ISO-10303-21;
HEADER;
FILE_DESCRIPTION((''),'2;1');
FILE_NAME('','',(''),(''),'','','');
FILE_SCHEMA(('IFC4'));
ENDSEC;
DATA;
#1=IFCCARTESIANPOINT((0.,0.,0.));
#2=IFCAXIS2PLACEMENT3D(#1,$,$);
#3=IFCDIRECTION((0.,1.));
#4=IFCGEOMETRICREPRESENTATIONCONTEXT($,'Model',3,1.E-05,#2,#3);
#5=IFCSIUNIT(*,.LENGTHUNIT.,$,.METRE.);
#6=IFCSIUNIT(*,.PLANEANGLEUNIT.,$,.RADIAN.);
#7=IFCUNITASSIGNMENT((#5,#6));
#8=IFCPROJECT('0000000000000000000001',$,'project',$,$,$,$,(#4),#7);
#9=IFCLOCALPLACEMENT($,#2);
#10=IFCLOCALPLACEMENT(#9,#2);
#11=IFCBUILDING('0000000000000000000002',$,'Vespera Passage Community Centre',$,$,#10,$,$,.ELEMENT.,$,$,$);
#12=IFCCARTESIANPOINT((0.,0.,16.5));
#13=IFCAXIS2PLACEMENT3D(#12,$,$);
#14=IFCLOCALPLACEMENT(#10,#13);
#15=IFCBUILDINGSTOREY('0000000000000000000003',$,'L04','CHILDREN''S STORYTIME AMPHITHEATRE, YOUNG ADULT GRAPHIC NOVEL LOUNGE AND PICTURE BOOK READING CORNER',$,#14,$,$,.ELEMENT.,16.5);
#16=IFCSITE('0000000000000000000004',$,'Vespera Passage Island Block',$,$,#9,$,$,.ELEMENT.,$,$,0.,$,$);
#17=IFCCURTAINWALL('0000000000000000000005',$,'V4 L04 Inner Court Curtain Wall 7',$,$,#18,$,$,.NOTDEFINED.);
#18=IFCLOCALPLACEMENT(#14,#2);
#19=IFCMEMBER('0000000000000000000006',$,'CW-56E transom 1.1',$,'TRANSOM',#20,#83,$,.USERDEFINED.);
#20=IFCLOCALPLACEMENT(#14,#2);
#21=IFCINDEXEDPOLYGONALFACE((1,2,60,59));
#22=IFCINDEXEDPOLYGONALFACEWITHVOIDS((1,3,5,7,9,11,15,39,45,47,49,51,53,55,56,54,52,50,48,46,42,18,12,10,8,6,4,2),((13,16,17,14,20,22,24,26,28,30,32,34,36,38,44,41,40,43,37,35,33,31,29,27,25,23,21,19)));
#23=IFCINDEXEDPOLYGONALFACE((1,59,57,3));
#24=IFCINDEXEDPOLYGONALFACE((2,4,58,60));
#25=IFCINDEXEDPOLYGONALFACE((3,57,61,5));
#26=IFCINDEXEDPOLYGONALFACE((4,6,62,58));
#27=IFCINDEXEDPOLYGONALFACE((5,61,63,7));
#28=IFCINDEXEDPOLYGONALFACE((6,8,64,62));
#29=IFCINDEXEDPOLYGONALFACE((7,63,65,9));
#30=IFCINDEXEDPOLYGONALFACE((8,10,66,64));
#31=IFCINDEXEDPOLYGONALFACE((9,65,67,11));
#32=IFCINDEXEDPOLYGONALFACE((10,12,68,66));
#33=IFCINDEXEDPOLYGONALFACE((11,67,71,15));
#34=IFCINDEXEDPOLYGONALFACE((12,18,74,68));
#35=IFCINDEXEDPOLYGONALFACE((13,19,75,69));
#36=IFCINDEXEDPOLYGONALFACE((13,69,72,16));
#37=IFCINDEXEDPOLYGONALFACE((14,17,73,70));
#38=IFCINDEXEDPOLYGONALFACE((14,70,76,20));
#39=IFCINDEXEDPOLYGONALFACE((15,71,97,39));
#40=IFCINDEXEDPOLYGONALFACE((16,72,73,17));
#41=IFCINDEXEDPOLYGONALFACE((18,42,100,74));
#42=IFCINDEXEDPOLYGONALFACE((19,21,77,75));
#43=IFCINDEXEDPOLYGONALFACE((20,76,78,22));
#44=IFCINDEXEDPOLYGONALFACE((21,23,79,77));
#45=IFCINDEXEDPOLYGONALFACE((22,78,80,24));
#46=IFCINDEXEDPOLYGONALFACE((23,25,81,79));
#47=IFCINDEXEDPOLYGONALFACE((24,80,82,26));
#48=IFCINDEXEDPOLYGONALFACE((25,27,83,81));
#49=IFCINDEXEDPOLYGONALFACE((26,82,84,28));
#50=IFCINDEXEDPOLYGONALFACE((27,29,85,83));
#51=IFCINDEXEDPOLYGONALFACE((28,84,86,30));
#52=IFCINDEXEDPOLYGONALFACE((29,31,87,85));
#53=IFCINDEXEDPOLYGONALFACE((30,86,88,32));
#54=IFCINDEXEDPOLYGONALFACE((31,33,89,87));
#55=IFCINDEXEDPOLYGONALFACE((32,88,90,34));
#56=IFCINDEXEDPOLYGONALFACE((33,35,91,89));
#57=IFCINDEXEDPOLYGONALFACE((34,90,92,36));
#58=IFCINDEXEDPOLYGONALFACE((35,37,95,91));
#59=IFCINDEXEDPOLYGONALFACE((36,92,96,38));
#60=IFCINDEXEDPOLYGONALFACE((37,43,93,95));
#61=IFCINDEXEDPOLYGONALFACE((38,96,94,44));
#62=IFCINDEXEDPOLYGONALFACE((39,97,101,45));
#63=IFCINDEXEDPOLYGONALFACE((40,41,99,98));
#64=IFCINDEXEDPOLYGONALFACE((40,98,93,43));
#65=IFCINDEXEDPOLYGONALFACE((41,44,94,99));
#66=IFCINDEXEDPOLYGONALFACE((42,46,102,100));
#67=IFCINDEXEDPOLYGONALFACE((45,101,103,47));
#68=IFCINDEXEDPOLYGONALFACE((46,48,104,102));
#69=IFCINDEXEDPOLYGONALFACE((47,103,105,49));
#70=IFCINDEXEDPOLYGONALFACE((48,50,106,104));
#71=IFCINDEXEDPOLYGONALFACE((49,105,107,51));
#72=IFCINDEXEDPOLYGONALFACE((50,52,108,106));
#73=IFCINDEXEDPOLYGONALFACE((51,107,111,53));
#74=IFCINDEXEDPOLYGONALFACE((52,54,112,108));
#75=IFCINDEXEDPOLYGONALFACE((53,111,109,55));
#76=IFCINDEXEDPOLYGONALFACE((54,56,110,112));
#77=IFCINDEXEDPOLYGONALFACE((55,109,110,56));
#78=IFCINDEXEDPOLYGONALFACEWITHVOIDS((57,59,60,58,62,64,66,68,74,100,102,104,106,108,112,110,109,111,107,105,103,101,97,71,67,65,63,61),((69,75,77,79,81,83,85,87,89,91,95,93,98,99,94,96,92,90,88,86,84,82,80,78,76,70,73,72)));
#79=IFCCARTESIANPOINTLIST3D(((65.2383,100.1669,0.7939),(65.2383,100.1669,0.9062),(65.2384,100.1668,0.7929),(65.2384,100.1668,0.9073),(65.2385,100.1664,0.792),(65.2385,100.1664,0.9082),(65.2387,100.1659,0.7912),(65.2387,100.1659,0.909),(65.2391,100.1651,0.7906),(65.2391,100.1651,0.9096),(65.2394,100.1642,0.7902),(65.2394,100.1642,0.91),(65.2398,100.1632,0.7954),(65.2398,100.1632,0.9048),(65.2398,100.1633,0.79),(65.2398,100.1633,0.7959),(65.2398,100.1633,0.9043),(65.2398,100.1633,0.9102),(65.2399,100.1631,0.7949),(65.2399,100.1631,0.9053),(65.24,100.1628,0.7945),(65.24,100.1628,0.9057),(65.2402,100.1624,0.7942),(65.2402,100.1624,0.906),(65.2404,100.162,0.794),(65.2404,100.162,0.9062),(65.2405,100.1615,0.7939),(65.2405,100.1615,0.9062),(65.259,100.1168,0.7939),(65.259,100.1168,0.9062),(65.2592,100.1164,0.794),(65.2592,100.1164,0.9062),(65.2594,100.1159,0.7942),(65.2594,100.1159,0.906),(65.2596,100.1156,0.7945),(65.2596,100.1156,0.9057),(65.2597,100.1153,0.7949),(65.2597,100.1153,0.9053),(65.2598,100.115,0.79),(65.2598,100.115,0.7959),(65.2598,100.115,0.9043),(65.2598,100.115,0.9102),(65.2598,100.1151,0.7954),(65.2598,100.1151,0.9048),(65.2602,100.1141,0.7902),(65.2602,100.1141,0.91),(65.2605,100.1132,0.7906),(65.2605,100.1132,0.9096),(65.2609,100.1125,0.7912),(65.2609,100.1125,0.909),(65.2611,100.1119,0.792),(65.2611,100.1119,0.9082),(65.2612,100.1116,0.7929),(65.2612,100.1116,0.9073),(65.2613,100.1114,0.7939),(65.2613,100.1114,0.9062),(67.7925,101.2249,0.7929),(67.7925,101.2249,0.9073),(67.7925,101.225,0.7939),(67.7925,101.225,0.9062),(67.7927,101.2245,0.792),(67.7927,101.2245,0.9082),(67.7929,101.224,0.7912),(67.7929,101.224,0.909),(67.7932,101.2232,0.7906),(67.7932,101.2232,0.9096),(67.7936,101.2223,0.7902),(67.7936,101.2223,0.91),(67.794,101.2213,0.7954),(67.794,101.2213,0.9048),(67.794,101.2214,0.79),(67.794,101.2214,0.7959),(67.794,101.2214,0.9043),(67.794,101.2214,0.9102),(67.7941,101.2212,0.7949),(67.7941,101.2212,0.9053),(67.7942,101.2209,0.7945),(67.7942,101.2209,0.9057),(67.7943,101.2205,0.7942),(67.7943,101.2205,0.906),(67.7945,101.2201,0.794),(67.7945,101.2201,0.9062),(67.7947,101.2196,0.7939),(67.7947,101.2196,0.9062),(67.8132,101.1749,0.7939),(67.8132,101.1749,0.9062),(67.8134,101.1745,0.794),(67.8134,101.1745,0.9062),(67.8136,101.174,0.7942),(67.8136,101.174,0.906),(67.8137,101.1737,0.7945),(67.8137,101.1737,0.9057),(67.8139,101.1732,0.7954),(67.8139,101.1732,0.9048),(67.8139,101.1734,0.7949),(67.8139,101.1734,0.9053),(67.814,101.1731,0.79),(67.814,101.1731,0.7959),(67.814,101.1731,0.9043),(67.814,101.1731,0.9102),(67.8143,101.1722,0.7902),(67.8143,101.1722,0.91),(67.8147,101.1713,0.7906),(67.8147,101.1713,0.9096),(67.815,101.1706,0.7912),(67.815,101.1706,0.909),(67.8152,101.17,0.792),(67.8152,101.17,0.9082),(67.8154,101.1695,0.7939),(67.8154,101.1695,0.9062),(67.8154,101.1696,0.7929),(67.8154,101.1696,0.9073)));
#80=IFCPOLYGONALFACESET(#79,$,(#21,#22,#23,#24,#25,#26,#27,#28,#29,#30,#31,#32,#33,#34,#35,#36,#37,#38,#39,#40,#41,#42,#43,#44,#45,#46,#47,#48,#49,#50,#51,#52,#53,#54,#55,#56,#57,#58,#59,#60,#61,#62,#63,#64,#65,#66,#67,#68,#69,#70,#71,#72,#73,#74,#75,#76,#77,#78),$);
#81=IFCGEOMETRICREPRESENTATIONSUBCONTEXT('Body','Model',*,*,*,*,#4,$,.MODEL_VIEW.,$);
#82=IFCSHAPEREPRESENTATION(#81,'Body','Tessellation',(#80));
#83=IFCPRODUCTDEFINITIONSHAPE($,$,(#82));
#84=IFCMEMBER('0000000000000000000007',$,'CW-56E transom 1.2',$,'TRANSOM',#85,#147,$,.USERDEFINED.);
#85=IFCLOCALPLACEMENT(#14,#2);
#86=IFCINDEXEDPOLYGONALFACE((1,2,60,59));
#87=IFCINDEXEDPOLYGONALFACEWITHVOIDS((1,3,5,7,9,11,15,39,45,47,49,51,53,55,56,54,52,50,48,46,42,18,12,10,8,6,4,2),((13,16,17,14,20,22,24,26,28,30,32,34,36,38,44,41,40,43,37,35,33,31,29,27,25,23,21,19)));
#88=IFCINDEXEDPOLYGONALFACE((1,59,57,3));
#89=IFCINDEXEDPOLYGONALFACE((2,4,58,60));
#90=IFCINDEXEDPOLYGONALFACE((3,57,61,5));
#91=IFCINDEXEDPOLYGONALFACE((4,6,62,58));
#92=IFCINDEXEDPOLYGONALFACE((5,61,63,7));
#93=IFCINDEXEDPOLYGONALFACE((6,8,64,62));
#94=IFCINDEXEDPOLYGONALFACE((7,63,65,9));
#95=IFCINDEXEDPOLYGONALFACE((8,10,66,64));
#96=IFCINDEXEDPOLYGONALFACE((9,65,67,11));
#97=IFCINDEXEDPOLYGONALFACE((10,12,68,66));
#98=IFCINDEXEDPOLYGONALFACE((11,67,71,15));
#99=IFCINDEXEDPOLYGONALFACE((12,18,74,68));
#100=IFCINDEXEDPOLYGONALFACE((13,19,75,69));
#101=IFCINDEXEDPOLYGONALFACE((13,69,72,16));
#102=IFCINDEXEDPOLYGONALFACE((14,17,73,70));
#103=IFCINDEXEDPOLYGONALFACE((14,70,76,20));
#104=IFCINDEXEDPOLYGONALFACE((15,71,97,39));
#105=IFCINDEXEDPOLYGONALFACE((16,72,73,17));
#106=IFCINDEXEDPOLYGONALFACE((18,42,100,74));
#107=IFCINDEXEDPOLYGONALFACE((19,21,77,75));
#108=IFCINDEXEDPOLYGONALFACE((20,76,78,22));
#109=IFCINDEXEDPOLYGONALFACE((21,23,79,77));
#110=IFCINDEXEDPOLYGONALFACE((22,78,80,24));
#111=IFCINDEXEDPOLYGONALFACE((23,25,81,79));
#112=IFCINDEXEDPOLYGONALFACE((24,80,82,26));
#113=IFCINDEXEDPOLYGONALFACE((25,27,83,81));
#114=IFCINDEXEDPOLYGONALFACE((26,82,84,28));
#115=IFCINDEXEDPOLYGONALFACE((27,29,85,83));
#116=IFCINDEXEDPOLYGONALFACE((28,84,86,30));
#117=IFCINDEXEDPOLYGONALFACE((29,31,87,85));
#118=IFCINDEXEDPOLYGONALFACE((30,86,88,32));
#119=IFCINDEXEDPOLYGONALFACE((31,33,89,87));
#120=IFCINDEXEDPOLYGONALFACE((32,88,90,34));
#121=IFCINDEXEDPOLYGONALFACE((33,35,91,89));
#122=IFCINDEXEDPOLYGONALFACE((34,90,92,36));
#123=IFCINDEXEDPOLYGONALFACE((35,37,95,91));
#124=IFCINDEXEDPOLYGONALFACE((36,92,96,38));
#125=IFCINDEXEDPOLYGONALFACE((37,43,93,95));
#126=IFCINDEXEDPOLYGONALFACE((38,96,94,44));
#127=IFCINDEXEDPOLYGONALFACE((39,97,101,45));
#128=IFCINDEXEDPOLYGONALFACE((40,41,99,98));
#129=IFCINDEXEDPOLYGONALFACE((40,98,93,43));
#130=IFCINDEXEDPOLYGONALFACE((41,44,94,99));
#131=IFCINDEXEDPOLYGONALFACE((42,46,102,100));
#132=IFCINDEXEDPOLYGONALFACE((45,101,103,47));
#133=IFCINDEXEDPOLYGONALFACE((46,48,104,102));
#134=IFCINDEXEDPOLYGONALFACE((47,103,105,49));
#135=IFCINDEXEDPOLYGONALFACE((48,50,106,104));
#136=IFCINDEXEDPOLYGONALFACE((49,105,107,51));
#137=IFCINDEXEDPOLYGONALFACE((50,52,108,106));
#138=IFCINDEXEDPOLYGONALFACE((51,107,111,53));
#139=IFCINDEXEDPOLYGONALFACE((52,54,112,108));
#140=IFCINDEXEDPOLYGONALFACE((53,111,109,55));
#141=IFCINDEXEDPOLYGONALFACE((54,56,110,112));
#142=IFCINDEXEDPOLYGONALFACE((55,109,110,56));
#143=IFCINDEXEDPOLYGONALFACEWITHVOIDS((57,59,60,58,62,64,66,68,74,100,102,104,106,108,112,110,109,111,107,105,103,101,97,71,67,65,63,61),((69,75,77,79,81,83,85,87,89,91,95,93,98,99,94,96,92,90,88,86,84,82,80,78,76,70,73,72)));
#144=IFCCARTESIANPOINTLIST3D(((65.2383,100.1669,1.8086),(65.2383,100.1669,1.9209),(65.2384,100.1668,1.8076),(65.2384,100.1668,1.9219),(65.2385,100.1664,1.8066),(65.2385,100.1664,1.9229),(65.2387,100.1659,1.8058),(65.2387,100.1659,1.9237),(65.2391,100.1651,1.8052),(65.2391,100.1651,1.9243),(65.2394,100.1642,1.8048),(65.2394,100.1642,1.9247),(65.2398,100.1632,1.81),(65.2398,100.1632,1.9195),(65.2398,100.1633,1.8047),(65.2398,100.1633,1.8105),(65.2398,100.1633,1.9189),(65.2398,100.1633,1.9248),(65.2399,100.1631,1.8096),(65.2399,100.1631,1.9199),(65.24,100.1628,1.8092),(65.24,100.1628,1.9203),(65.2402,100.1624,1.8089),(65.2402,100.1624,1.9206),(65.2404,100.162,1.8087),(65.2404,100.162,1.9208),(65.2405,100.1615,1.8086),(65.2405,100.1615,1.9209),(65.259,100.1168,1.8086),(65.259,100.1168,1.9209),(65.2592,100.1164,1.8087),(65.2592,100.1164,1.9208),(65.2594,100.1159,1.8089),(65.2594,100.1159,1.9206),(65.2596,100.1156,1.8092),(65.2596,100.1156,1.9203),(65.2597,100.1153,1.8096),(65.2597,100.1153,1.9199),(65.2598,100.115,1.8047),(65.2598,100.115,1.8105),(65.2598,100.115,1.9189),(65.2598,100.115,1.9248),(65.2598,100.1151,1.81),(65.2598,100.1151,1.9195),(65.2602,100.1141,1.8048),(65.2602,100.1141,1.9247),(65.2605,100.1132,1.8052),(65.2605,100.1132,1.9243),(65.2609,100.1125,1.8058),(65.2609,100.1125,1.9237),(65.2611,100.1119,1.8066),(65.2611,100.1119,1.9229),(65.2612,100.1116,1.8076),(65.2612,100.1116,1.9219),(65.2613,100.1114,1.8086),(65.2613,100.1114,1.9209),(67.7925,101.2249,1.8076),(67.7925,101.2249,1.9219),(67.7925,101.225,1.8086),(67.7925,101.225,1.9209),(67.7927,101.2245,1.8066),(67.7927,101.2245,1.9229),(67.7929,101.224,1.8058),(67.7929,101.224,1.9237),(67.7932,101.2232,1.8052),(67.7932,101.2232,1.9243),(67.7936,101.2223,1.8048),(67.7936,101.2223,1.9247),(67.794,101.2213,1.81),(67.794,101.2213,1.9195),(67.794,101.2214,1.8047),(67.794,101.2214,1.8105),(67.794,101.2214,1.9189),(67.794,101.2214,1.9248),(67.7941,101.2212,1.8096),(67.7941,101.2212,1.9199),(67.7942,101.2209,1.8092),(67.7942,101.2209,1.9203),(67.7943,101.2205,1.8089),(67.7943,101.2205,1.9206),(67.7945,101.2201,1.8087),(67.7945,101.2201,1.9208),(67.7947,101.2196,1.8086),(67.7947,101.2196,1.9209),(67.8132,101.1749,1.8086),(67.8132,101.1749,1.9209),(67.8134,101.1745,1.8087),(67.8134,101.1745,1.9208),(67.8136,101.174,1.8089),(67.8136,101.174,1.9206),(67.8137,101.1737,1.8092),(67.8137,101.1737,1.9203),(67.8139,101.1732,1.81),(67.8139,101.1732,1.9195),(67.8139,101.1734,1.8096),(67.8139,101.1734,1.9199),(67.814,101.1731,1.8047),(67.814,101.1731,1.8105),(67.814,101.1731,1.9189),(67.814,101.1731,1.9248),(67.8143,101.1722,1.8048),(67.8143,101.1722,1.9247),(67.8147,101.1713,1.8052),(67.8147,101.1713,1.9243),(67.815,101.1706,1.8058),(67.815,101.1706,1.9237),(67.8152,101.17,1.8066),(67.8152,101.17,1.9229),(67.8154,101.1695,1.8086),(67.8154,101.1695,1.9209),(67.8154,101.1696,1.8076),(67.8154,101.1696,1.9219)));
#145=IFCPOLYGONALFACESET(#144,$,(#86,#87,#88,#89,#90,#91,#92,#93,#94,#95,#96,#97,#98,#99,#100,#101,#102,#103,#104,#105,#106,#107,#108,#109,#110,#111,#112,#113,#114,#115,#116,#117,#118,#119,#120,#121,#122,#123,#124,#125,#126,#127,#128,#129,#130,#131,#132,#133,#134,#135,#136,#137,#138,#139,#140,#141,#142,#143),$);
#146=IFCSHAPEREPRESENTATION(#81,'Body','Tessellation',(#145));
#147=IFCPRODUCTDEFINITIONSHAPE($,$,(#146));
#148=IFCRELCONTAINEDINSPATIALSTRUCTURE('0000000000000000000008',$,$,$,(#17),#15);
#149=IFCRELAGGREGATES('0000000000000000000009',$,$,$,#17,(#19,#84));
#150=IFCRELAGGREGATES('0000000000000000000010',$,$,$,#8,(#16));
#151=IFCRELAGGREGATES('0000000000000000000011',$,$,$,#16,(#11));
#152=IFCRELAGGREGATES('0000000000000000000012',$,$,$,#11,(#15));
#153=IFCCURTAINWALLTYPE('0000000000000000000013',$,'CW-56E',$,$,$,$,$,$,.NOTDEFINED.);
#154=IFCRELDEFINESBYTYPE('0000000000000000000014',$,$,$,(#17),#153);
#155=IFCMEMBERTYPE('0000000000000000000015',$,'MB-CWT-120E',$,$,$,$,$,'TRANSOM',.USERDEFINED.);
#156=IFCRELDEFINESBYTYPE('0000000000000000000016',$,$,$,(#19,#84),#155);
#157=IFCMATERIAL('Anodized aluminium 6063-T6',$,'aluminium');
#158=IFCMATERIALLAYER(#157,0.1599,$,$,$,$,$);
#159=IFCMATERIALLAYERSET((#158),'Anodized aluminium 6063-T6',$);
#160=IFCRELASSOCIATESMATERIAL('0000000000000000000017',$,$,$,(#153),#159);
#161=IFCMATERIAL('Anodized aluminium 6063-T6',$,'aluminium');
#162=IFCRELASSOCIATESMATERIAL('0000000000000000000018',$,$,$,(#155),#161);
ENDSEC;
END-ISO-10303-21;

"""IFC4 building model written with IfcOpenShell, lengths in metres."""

from ifc_helpers import new_model, si_unit, direction, frame, origin, origin_2d, place, context, subcontext, project, spatial, hollow_rectangle, extrude, material, layer, layer_set, material_profile, profile_set, type_object, element, aggregate, save


model = new_model("IFC4")

# Units and contexts
model_context = context("Model", 3, precision=1e-05, world=origin(), true_north=direction((0.0, 1.0)))
body_context = subcontext(model_context, "Body", "Model", "MODEL_VIEW")
ifc_project = project(units=[si_unit("LENGTHUNIT", "METRE"), si_unit("PLANEANGLEUNIT", "RADIAN")], contexts=[model_context])

# Site, building, storey
site_placement = place(None, origin())
site = spatial("IfcSite", under=ifc_project, at=site_placement, Name="Vespera Passage Island Block", CompositionType="ELEMENT", RefElevation=0.0)
building_placement = place(site_placement, origin())
building = spatial("IfcBuilding", under=site, at=building_placement, Name="Vespera Passage Community Centre", CompositionType="ELEMENT")
storey_placement = place(building_placement, frame((0.0, 0.0, 16.5)))
storey = spatial("IfcBuildingStorey", under=building, at=storey_placement, Name="L04", Description="CHILDREN'S STORYTIME AMPHITHEATRE, YOUNG ADULT GRAPHIC NOVEL LOUNGE AND PICTURE BOOK READING CORNER", CompositionType="ELEMENT", Elevation=16.5)

# Curtain wall
ifc_material_1 = material(Name="Anodized aluminium 6063-T6", Category="aluminium")
ifc_layer_1 = layer(ifc_material_1, 0.1599)
ifc_layer_set_1 = layer_set([ifc_layer_1], Name="Anodized aluminium 6063-T6")
curtain_wall_type_1 = type_object("IfcCurtainWallType", Name="CW-56E", PredefinedType="NOTDEFINED", material=ifc_layer_set_1)
curtain_wall_1_placement = place(storey_placement, origin())
curtain_wall_1 = element("IfcCurtainWall", 1, at=curtain_wall_1_placement, inside=storey, type_object=curtain_wall_type_1, Name="V4 L04 Inner Court Curtain Wall 7", PredefinedType="NOTDEFINED")

# Members
ifc_material_2 = material(Name="Anodized aluminium 6063-T6", Category="aluminium")
ifc_material_profile_1 = material_profile(ifc_material_2, hollow_rectangle(XDim=0.0601, YDim=0.1201, WallThickness=0.0039, InnerFilletRadius=0.002, OuterFilletRadius=0.0039, at=origin_2d()), Name="ALU120X60X4")
ifc_profile_set_1 = profile_set([ifc_material_profile_1], Name="Anodized aluminium 6063-T6")
member_type_1 = type_object("IfcMemberType", Name="MB-CWT-120E", ElementType="TRANSOM", PredefinedType="USERDEFINED", material=ifc_profile_set_1)
member_1_placement = place(storey_placement, frame((67.804, 101.1973, 0.8501), z_axis=(-0.923864, -0.382721, 0.0), x_axis=(0.382721, -0.923864, 0.0)))
member_1 = element("IfcMember", 2, at=member_1_placement, type_object=member_type_1, Name="CW-56E transom 1.1", ObjectType="TRANSOM", PredefinedType="USERDEFINED", context=body_context, shape_type="SweptSolid", body=[
    extrude(hollow_rectangle(XDim=0.0601, YDim=0.1201, WallThickness=0.0039, InnerFilletRadius=0.002, OuterFilletRadius=0.0039, at=origin_2d()), origin(), (0.0, 0.0, 1.0), 2.7646),
])
member_2_placement = place(storey_placement, frame((67.804, 101.1973, 1.8647), z_axis=(-0.923864, -0.382721, 0.0), x_axis=(0.382721, -0.923864, 0.0)))
member_2 = element("IfcMember", 3, at=member_2_placement, type_object=member_type_1, Name="CW-56E transom 1.2", ObjectType="TRANSOM", PredefinedType="USERDEFINED", context=body_context, shape_type="SweptSolid", body=[
    extrude(hollow_rectangle(XDim=0.0601, YDim=0.1201, WallThickness=0.0039, InnerFilletRadius=0.002, OuterFilletRadius=0.0039, at=origin_2d()), origin(), (0.0, 0.0, 1.0), 2.7646),
])

aggregate(curtain_wall_1, [member_1, member_2])

save(model, "model.ifc")
